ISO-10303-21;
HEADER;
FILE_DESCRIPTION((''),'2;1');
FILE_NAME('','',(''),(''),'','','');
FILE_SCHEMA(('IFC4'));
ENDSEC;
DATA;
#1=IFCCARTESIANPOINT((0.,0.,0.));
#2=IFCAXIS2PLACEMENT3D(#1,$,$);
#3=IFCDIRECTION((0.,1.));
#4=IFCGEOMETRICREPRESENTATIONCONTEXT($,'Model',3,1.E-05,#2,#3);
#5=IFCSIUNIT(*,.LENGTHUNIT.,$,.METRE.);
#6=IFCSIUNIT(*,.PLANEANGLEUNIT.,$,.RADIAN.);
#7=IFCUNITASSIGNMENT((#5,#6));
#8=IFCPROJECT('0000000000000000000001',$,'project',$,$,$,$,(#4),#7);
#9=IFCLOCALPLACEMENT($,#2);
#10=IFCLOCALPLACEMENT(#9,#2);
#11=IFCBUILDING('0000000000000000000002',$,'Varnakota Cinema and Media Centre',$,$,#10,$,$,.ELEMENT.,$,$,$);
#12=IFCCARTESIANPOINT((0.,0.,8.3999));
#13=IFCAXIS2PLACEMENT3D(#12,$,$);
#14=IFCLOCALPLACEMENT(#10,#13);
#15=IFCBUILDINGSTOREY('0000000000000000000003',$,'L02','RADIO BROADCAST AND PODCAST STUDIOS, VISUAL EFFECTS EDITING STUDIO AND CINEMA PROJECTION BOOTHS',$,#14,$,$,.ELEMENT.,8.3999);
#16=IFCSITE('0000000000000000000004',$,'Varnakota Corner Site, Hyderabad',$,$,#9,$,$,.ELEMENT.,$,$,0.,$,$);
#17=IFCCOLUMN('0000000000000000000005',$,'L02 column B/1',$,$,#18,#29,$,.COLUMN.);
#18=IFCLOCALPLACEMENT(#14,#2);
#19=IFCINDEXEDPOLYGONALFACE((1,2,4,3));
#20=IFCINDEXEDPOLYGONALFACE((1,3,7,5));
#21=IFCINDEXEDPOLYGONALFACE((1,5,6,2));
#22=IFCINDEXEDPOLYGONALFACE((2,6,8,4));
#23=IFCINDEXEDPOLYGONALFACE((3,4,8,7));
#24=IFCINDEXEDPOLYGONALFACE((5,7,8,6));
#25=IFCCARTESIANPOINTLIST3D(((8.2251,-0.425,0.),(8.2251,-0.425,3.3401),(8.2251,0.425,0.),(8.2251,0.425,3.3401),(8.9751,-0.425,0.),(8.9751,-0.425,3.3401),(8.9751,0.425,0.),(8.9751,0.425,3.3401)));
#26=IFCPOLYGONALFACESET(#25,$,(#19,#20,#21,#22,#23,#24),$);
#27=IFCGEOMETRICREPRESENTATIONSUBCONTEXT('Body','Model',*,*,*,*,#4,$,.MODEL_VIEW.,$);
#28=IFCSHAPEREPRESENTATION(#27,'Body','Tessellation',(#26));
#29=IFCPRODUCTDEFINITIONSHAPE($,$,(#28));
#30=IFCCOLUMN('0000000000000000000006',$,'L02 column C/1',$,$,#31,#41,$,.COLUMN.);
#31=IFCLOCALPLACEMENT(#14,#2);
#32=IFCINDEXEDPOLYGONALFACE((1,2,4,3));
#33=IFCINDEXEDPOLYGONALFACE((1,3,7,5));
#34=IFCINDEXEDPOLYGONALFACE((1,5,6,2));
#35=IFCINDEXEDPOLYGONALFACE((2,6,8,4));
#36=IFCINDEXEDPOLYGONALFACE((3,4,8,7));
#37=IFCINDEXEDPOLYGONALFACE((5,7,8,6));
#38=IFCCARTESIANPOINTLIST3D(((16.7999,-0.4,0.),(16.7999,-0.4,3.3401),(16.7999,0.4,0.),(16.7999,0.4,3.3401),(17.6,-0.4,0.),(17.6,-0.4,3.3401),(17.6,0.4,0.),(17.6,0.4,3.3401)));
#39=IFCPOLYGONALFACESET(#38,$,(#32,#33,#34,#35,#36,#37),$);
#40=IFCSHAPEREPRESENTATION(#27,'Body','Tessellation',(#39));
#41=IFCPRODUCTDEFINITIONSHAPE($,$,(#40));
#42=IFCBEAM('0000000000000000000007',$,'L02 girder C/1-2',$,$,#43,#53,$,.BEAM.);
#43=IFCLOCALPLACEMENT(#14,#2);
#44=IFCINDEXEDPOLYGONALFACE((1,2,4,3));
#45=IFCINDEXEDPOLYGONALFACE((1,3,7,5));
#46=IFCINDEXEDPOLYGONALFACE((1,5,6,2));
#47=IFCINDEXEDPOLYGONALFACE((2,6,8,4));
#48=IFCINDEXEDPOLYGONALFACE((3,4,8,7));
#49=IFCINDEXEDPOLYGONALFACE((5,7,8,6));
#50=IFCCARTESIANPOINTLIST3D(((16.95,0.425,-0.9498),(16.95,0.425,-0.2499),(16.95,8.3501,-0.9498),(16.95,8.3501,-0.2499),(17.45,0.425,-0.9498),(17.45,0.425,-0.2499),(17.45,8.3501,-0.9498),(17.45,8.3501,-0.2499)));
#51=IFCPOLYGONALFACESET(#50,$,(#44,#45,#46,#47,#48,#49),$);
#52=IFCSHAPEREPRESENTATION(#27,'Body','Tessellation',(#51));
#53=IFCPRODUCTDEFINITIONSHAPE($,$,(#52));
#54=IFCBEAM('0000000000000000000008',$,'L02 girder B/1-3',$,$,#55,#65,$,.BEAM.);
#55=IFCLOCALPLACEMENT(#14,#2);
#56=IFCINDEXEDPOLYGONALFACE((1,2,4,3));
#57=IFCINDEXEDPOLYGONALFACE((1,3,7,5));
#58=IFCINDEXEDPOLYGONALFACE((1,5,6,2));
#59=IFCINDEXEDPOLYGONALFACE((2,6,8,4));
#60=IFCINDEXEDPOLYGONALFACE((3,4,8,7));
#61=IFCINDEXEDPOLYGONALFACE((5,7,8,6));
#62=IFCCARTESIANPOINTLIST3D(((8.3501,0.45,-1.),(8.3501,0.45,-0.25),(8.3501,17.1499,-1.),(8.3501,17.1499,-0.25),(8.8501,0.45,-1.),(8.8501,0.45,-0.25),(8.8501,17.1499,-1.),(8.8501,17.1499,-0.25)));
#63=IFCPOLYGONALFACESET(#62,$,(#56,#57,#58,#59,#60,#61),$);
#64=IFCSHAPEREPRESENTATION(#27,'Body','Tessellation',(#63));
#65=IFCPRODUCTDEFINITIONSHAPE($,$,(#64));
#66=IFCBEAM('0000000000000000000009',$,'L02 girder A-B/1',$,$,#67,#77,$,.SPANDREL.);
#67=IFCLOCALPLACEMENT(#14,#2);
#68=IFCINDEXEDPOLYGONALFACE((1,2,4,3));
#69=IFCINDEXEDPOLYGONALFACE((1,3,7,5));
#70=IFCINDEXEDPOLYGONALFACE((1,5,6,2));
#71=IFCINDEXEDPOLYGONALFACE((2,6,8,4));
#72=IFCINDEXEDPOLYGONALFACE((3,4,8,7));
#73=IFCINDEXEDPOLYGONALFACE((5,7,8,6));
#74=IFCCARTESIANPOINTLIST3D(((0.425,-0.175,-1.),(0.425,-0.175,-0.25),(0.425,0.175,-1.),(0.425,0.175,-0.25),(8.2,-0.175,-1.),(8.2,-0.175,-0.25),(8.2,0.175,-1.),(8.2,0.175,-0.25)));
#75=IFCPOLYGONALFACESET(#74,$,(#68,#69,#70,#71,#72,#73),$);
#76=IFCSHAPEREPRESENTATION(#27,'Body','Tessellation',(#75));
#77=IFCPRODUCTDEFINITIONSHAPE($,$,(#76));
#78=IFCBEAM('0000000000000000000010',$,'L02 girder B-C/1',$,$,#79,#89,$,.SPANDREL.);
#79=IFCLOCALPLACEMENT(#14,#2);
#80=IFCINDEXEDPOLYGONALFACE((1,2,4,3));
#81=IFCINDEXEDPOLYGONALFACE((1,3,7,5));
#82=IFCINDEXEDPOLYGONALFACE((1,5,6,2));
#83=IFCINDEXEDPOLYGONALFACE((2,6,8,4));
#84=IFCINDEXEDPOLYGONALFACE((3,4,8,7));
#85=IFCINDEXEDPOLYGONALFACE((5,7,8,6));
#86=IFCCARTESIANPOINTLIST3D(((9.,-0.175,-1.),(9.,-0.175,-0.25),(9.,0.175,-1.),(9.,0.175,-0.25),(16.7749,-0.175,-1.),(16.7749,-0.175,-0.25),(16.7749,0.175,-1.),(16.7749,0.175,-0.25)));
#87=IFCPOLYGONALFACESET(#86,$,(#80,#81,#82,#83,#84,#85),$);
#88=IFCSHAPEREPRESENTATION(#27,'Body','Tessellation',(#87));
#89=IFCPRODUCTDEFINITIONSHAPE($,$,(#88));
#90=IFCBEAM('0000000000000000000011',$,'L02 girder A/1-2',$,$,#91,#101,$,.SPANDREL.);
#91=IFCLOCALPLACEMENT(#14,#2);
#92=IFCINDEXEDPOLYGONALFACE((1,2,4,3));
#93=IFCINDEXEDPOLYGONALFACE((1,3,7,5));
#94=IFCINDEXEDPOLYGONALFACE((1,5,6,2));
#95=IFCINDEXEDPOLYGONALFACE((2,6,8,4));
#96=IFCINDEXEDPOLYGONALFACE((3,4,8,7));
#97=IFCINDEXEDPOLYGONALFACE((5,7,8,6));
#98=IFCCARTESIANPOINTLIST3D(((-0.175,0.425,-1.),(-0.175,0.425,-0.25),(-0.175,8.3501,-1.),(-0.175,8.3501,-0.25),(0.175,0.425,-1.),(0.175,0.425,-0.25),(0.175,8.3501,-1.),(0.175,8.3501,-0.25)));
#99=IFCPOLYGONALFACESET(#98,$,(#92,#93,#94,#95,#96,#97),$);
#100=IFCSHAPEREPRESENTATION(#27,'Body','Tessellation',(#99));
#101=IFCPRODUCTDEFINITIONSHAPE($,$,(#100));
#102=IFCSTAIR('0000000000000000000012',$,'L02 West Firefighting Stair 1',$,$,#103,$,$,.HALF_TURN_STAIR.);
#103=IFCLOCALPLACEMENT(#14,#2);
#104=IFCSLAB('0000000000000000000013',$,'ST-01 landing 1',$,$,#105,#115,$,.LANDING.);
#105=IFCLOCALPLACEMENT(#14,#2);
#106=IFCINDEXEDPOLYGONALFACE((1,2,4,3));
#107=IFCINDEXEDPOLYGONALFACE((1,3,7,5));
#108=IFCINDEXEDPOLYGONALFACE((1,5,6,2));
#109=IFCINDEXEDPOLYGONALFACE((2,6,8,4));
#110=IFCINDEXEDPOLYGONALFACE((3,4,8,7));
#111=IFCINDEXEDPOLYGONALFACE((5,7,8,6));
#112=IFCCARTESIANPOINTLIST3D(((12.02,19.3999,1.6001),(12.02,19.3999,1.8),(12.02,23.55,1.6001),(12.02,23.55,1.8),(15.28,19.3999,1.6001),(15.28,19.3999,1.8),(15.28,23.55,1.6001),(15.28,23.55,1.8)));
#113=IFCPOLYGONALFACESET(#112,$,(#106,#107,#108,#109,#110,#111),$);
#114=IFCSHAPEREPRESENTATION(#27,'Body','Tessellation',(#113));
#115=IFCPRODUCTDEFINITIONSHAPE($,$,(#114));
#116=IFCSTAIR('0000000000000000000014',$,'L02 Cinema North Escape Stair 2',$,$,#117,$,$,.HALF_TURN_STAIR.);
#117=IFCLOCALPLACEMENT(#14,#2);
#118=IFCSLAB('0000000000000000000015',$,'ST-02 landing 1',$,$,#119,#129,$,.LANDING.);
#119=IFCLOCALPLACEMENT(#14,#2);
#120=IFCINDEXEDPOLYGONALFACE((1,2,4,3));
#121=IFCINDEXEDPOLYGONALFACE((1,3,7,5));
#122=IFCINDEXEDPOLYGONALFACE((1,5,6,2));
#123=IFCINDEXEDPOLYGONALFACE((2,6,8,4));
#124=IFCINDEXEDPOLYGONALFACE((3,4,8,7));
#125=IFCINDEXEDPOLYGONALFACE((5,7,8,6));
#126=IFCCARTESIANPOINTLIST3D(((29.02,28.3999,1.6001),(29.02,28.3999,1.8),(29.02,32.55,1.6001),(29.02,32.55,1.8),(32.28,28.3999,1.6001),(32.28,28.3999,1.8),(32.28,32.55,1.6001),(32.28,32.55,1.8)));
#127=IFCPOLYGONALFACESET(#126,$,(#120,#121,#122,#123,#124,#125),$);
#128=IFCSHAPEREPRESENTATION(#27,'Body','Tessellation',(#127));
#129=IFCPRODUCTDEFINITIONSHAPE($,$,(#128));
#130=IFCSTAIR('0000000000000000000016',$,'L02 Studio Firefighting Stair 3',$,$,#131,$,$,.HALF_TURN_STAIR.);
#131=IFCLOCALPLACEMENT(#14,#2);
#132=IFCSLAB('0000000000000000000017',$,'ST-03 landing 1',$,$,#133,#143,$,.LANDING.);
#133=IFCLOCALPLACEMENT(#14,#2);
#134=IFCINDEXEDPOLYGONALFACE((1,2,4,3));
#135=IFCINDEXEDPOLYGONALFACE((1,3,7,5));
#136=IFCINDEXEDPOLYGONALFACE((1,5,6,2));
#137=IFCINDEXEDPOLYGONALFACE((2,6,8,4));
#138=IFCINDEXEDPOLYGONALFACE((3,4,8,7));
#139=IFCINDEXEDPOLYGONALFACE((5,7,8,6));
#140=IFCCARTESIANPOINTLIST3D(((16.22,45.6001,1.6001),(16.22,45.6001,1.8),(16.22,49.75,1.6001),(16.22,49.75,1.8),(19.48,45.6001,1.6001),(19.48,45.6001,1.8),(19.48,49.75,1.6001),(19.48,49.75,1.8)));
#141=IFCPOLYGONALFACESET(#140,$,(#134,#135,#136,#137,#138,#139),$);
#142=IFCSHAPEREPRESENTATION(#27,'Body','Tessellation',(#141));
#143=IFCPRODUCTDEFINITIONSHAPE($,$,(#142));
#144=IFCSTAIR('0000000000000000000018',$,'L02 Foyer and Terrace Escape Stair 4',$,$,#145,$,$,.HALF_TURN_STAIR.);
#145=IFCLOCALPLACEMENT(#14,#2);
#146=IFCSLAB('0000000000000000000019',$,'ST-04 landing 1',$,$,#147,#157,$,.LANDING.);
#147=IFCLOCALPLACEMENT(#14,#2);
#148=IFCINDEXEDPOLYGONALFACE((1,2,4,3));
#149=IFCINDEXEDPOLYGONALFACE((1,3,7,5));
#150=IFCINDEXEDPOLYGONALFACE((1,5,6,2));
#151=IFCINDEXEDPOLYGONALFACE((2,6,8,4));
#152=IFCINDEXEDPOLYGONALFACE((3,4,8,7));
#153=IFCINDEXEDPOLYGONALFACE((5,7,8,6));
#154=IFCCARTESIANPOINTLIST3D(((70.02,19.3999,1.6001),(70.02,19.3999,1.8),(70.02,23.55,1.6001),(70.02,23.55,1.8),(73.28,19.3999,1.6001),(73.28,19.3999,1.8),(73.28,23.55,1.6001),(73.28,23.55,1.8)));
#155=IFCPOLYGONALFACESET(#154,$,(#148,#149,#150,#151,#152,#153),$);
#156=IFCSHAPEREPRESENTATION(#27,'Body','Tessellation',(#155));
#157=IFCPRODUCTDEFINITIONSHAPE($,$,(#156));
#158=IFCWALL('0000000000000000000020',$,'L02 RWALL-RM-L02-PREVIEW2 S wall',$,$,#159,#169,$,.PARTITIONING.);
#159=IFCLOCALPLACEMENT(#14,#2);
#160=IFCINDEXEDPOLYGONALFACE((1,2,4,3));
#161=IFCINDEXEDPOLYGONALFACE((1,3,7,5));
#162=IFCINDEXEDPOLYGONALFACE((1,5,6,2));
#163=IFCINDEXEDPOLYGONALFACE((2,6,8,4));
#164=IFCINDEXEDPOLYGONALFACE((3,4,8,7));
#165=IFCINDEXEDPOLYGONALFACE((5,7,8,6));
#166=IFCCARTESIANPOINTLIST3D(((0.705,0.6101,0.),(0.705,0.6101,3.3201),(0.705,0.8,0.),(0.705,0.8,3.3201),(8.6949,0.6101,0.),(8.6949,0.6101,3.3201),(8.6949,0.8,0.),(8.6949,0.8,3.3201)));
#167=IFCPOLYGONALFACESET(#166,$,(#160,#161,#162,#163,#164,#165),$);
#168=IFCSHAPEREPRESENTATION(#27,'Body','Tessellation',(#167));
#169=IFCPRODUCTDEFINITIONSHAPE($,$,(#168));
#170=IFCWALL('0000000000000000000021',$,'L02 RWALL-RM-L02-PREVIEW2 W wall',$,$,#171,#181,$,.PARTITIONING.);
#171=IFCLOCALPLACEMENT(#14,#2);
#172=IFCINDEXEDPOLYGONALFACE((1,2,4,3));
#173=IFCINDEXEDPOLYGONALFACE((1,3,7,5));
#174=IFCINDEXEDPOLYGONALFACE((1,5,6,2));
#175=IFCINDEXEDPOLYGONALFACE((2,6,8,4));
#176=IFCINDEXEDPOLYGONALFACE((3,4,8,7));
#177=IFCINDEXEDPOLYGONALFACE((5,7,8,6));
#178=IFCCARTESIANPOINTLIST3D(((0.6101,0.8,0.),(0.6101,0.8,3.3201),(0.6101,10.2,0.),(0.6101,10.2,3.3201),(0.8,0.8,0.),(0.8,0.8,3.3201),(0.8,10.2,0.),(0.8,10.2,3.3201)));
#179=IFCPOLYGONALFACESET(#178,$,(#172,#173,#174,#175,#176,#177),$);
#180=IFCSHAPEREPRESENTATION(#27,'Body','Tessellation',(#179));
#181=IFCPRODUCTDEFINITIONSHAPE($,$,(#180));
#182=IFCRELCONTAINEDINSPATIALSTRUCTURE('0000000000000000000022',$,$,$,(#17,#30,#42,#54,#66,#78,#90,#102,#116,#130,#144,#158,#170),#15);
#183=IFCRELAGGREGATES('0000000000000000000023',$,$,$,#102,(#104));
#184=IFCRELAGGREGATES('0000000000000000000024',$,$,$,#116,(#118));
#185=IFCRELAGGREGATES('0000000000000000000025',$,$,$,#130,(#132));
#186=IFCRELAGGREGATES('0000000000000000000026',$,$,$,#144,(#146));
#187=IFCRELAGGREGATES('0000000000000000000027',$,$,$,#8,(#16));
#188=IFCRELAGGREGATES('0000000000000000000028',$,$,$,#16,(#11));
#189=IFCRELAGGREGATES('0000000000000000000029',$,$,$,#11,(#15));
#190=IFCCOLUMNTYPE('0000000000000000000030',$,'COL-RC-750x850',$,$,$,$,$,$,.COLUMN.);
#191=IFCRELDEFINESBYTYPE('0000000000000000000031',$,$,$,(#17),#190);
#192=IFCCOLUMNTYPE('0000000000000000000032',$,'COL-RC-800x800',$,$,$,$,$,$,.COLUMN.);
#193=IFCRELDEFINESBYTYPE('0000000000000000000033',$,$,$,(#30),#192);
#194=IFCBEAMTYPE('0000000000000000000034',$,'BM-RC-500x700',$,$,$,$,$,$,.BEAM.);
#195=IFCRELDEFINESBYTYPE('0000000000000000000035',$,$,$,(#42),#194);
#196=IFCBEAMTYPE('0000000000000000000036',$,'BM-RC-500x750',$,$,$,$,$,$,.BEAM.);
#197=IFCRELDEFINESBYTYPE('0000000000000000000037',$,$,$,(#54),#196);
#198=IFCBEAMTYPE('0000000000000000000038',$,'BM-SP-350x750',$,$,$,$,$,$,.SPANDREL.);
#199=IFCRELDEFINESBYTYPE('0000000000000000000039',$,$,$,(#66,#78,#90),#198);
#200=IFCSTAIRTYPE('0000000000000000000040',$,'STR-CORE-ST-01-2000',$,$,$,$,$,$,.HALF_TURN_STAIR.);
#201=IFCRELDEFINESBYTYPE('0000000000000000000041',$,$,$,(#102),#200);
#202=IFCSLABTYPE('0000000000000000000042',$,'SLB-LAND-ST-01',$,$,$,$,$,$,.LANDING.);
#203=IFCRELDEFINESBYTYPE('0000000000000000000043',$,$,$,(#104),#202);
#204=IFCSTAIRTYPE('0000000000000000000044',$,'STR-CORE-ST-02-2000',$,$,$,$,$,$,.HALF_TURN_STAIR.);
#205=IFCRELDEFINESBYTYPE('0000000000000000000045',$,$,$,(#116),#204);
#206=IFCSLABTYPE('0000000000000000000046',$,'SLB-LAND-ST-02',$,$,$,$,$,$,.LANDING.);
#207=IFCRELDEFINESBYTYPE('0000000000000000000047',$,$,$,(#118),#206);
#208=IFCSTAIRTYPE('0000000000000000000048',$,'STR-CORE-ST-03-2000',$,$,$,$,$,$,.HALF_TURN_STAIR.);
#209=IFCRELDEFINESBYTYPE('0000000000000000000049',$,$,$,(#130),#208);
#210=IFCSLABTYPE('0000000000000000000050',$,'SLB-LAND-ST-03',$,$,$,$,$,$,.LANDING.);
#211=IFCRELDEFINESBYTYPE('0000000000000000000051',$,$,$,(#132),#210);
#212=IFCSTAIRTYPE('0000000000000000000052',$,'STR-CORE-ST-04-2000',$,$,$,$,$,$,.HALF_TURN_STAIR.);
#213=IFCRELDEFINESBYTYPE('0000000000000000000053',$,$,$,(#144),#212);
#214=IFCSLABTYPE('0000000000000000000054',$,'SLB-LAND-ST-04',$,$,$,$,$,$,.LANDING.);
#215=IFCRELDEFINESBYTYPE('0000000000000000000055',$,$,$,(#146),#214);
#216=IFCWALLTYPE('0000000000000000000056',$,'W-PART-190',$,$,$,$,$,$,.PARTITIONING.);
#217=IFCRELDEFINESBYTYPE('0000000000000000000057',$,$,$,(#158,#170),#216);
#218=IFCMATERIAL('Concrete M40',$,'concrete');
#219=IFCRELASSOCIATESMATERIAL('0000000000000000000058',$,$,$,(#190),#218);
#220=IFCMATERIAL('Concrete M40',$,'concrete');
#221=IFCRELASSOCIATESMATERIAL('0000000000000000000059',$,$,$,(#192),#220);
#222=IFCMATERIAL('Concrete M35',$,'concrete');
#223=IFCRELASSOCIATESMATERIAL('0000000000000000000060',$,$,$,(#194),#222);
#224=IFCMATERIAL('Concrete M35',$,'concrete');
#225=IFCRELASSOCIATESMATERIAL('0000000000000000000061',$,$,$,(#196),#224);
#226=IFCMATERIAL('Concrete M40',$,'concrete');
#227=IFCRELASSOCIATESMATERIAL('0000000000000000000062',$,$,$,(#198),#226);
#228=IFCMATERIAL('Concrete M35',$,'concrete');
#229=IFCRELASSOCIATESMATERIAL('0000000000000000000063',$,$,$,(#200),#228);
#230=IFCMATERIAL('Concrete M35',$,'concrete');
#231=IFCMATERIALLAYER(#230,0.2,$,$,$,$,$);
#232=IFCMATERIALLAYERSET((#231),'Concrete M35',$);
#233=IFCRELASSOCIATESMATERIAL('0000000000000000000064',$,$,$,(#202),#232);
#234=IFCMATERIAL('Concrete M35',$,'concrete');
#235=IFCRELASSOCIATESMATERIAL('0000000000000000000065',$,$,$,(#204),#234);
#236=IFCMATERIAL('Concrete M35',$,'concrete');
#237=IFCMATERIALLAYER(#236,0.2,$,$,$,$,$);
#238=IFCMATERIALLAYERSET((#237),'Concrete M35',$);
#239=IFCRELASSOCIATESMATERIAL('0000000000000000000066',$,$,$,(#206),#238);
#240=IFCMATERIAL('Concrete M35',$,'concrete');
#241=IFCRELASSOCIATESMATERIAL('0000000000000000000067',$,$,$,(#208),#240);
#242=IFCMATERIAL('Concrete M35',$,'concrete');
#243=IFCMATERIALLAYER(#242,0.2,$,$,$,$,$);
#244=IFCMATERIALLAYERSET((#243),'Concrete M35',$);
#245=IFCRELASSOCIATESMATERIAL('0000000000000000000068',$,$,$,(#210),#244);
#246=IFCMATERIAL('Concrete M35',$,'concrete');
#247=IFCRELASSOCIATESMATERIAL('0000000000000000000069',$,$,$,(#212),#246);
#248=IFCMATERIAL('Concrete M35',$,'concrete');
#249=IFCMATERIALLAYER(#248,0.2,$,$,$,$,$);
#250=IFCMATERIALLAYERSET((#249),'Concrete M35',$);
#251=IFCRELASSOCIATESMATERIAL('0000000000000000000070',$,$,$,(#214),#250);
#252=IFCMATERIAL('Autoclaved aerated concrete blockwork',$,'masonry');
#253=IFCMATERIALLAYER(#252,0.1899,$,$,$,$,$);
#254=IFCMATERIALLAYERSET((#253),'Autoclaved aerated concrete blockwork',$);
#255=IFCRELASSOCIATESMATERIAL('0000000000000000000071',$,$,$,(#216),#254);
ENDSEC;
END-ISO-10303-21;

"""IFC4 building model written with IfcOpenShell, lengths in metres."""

from ifc_helpers import new_model, si_unit, direction, frame, frame_2d, origin, origin_2d, place, context, subcontext, project, spatial, polyline, rectangle, outline, extrude, material, layer, layer_set, material_profile, profile_set, type_object, element, aggregate, save


model = new_model("IFC4")

# Units and contexts
model_context = context("Model", 3, precision=1e-05, world=origin(), true_north=direction((0.0, 1.0)))
body_context = subcontext(model_context, "Body", "Model", "MODEL_VIEW")
ifc_project = project(units=[si_unit("LENGTHUNIT", "METRE"), si_unit("PLANEANGLEUNIT", "RADIAN")], contexts=[model_context])

# Site, building, storey
site_placement = place(None, origin())
site = spatial("IfcSite", under=ifc_project, at=site_placement, Name="Varnakota Corner Site, Hyderabad", CompositionType="ELEMENT", RefElevation=0.0)
building_placement = place(site_placement, origin())
building = spatial("IfcBuilding", under=site, at=building_placement, Name="Varnakota Cinema and Media Centre", CompositionType="ELEMENT")
storey_placement = place(building_placement, frame((0.0, 0.0, 8.3999)))
storey = spatial("IfcBuildingStorey", under=building, at=storey_placement, Name="L02", Description="RADIO BROADCAST AND PODCAST STUDIOS, VISUAL EFFECTS EDITING STUDIO AND CINEMA PROJECTION BOOTHS", CompositionType="ELEMENT", Elevation=8.3999)

# Columns
ifc_material_1 = material(Name="Concrete M40", Category="concrete")
ifc_material_profile_1 = material_profile(ifc_material_1, rectangle(XDim=0.75, YDim=0.8501, at=origin_2d()), Name="RC 750x850")
ifc_profile_set_1 = profile_set([ifc_material_profile_1], Name="Concrete M40")
column_type_1 = type_object("IfcColumnType", Name="COL-RC-750x850", PredefinedType="COLUMN", material=ifc_profile_set_1)
column_1_placement = place(storey_placement, frame((8.6001, 0.0, 0.0), z_axis=(0.0, 0.0, 1.0), x_axis=(1.0, 0.0, 0.0)))
element("IfcColumn", 1, at=column_1_placement, inside=storey, type_object=column_type_1, Name="L02 column B/1", PredefinedType="COLUMN", context=body_context, shape_type="SweptSolid", body=[
    extrude(rectangle(XDim=0.75, YDim=0.8501, at=origin_2d()), origin(), (0.0, 0.0, 1.0), 3.3401),
])
ifc_material_2 = material(Name="Concrete M40", Category="concrete")
ifc_material_profile_2 = material_profile(ifc_material_2, rectangle(XDim=0.8, YDim=0.8, at=origin_2d()), Name="RC 800x800")
ifc_profile_set_2 = profile_set([ifc_material_profile_2], Name="Concrete M40")
column_type_2 = type_object("IfcColumnType", Name="COL-RC-800x800", PredefinedType="COLUMN", material=ifc_profile_set_2)
column_2_placement = place(storey_placement, frame((17.2, 0.0, 0.0), z_axis=(0.0, 0.0, 1.0), x_axis=(1.0, 0.0, 0.0)))
element("IfcColumn", 2, at=column_2_placement, inside=storey, type_object=column_type_2, Name="L02 column C/1", PredefinedType="COLUMN", context=body_context, shape_type="SweptSolid", body=[
    extrude(rectangle(XDim=0.8, YDim=0.8, at=origin_2d()), origin(), (0.0, 0.0, 1.0), 3.3401),
])

# Beams
ifc_material_3 = material(Name="Concrete M35", Category="concrete")
ifc_material_profile_3 = material_profile(ifc_material_3, rectangle(XDim=0.5, YDim=0.7, at=origin_2d()), Name="RCB 500x700")
ifc_profile_set_3 = profile_set([ifc_material_profile_3], Name="Concrete M35")
beam_type_1 = type_object("IfcBeamType", Name="BM-RC-500x700", PredefinedType="BEAM", material=ifc_profile_set_3)
beam_1_placement = place(storey_placement, frame((17.2, 0.425, -0.5999), z_axis=(0.0, 1.0, 0.0), x_axis=(-1.0, 0.0, 0.0)))
element("IfcBeam", 3, at=beam_1_placement, inside=storey, type_object=beam_type_1, Name="L02 girder C/1-2", PredefinedType="BEAM", context=body_context, shape_type="SweptSolid", body=[
    extrude(rectangle(XDim=0.5, YDim=0.7, at=origin_2d()), origin(), (0.0, 0.0, 1.0), 7.925),
])
ifc_material_4 = material(Name="Concrete M35", Category="concrete")
ifc_material_profile_4 = material_profile(ifc_material_4, rectangle(XDim=0.5, YDim=0.75, at=origin_2d()), Name="RCB 500x750")
ifc_profile_set_4 = profile_set([ifc_material_profile_4], Name="Concrete M35")
beam_type_2 = type_object("IfcBeamType", Name="BM-RC-500x750", PredefinedType="BEAM", material=ifc_profile_set_4)
beam_2_placement = place(storey_placement, frame((8.6001, 0.45, -0.625), z_axis=(0.0, 1.0, 0.0), x_axis=(-1.0, 0.0, 0.0)))
element("IfcBeam", 4, at=beam_2_placement, inside=storey, type_object=beam_type_2, Name="L02 girder B/1-3", PredefinedType="BEAM", context=body_context, shape_type="SweptSolid", body=[
    extrude(rectangle(XDim=0.5, YDim=0.75, at=origin_2d()), origin(), (0.0, 0.0, 1.0), 16.7),
])
ifc_material_5 = material(Name="Concrete M40", Category="concrete")
ifc_material_profile_5 = material_profile(ifc_material_5, rectangle(XDim=0.3501, YDim=0.75, at=origin_2d()), Name="RCB 350x750")
ifc_profile_set_5 = profile_set([ifc_material_profile_5], Name="Concrete M40")
beam_type_3 = type_object("IfcBeamType", Name="BM-SP-350x750", PredefinedType="SPANDREL", material=ifc_profile_set_5)
for number, where, z_axis, x_axis, name in (
    (5, (0.425, 0.0, -0.625), (1.0, 0.0, 0.0), (0.0, 1.0, 0.0), "L02 girder A-B/1"),
    (6, (9.0, 0.0, -0.625), (1.0, 0.0, 0.0), (0.0, 1.0, 0.0), "L02 girder B-C/1"),
):
    element("IfcBeam", number, at=place(storey_placement, frame(where, z_axis=z_axis, x_axis=x_axis)), inside=storey, type_object=beam_type_3, Name=name, PredefinedType="SPANDREL", context=body_context, shape_type="SweptSolid", body=[
        extrude(rectangle(XDim=0.3501, YDim=0.75, at=origin_2d()), origin(), (0.0, 0.0, 1.0), 7.7749),
    ])
beam_3_placement = place(storey_placement, frame((0.0, 0.425, -0.625), z_axis=(0.0, 1.0, 0.0), x_axis=(-1.0, 0.0, 0.0)))
element("IfcBeam", 7, at=beam_3_placement, inside=storey, type_object=beam_type_3, Name="L02 girder A/1-2", PredefinedType="SPANDREL", context=body_context, shape_type="SweptSolid", body=[
    extrude(rectangle(XDim=0.3501, YDim=0.75, at=origin_2d()), origin(), (0.0, 0.0, 1.0), 7.925),
])

# Stairs, slabs
ifc_material_6 = material(Name="Concrete M35", Category="concrete")
stair_type_1 = type_object("IfcStairType", Name="STR-CORE-ST-01-2000", PredefinedType="HALF_TURN_STAIR", material=ifc_material_6)
stair_1_placement = place(storey_placement, origin())
stair_1 = element("IfcStair", 8, at=stair_1_placement, inside=storey, type_object=stair_type_1, Name="L02 West Firefighting Stair 1", PredefinedType="HALF_TURN_STAIR")
ifc_material_7 = material(Name="Concrete M35", Category="concrete")
ifc_layer_1 = layer(ifc_material_7, 0.2)
ifc_layer_set_1 = layer_set([ifc_layer_1], Name="Concrete M35")
slab_type_1 = type_object("IfcSlabType", Name="SLB-LAND-ST-01", PredefinedType="LANDING", material=ifc_layer_set_1)
slab_1_placement = place(storey_placement, frame((0.0, 0.0, 1.6001)))
slab_1 = element("IfcSlab", 9, at=slab_1_placement, type_object=slab_type_1, Name="ST-01 landing 1", PredefinedType="LANDING", context=body_context, shape_type="SweptSolid", body=[
    extrude(outline(polyline([(12.02, 19.3999), (15.28, 19.3999), (15.28, 23.55), (12.02, 23.55), (12.02, 19.3999)])), origin(), (0.0, 0.0, 1.0), 0.2),
])
aggregate(stair_1, [slab_1])
ifc_material_8 = material(Name="Concrete M35", Category="concrete")
stair_type_2 = type_object("IfcStairType", Name="STR-CORE-ST-02-2000", PredefinedType="HALF_TURN_STAIR", material=ifc_material_8)
stair_2_placement = place(storey_placement, origin())
stair_2 = element("IfcStair", 10, at=stair_2_placement, inside=storey, type_object=stair_type_2, Name="L02 Cinema North Escape Stair 2", PredefinedType="HALF_TURN_STAIR")
ifc_material_9 = material(Name="Concrete M35", Category="concrete")
ifc_layer_2 = layer(ifc_material_9, 0.2)
ifc_layer_set_2 = layer_set([ifc_layer_2], Name="Concrete M35")
slab_type_2 = type_object("IfcSlabType", Name="SLB-LAND-ST-02", PredefinedType="LANDING", material=ifc_layer_set_2)
slab_2_placement = place(storey_placement, frame((0.0, 0.0, 1.6001)))
slab_2 = element("IfcSlab", 11, at=slab_2_placement, type_object=slab_type_2, Name="ST-02 landing 1", PredefinedType="LANDING", context=body_context, shape_type="SweptSolid", body=[
    extrude(outline(polyline([(29.02, 28.3999), (32.28, 28.3999), (32.28, 32.55), (29.02, 32.55), (29.02, 28.3999)])), origin(), (0.0, 0.0, 1.0), 0.2),
])
aggregate(stair_2, [slab_2])
ifc_material_10 = material(Name="Concrete M35", Category="concrete")
stair_type_3 = type_object("IfcStairType", Name="STR-CORE-ST-03-2000", PredefinedType="HALF_TURN_STAIR", material=ifc_material_10)
stair_3_placement = place(storey_placement, origin())
stair_3 = element("IfcStair", 12, at=stair_3_placement, inside=storey, type_object=stair_type_3, Name="L02 Studio Firefighting Stair 3", PredefinedType="HALF_TURN_STAIR")
ifc_material_11 = material(Name="Concrete M35", Category="concrete")
ifc_layer_3 = layer(ifc_material_11, 0.2)
ifc_layer_set_3 = layer_set([ifc_layer_3], Name="Concrete M35")
slab_type_3 = type_object("IfcSlabType", Name="SLB-LAND-ST-03", PredefinedType="LANDING", material=ifc_layer_set_3)
slab_3_placement = place(storey_placement, frame((0.0, 0.0, 1.6001)))
slab_3 = element("IfcSlab", 13, at=slab_3_placement, type_object=slab_type_3, Name="ST-03 landing 1", PredefinedType="LANDING", context=body_context, shape_type="SweptSolid", body=[
    extrude(outline(polyline([(16.22, 45.6001), (19.48, 45.6001), (19.48, 49.75), (16.22, 49.75), (16.22, 45.6001)])), origin(), (0.0, 0.0, 1.0), 0.2),
])
aggregate(stair_3, [slab_3])
ifc_material_12 = material(Name="Concrete M35", Category="concrete")
stair_type_4 = type_object("IfcStairType", Name="STR-CORE-ST-04-2000", PredefinedType="HALF_TURN_STAIR", material=ifc_material_12)
stair_4_placement = place(storey_placement, origin())
stair_4 = element("IfcStair", 14, at=stair_4_placement, inside=storey, type_object=stair_type_4, Name="L02 Foyer and Terrace Escape Stair 4", PredefinedType="HALF_TURN_STAIR")
ifc_material_13 = material(Name="Concrete M35", Category="concrete")
ifc_layer_4 = layer(ifc_material_13, 0.2)
ifc_layer_set_4 = layer_set([ifc_layer_4], Name="Concrete M35")
slab_type_4 = type_object("IfcSlabType", Name="SLB-LAND-ST-04", PredefinedType="LANDING", material=ifc_layer_set_4)
slab_4_placement = place(storey_placement, frame((0.0, 0.0, 1.6001)))
slab_4 = element("IfcSlab", 15, at=slab_4_placement, type_object=slab_type_4, Name="ST-04 landing 1", PredefinedType="LANDING", context=body_context, shape_type="SweptSolid", body=[
    extrude(outline(polyline([(70.02, 19.3999), (73.28, 19.3999), (73.28, 23.55), (70.02, 23.55), (70.02, 19.3999)])), origin(), (0.0, 0.0, 1.0), 0.2),
])
aggregate(stair_4, [slab_4])

# Walls
ifc_material_14 = material(Name="Autoclaved aerated concrete blockwork", Category="masonry")
ifc_layer_5 = layer(ifc_material_14, 0.1899)
ifc_layer_set_5 = layer_set([ifc_layer_5], Name="Autoclaved aerated concrete blockwork")
wall_type = type_object("IfcWallType", Name="W-PART-190", PredefinedType="PARTITIONING", material=ifc_layer_set_5)
wall_1_placement = place(storey_placement, frame((8.6951, 0.7051, 0.0), z_axis=(0.0, 0.0, 1.0), x_axis=(-1.0, 0.0, 0.0)))
element("IfcWall", 16, at=wall_1_placement, inside=storey, type_object=wall_type, Name="L02 RWALL-RM-L02-PREVIEW2 S wall", PredefinedType="PARTITIONING", context=body_context, shape_type="SweptSolid", body=[
    extrude(rectangle(XDim=7.99, YDim=0.1899, at=frame_2d((3.9951, 0.0))), origin(), (0.0, 0.0, 1.0), 3.3201),
])
wall_2_placement = place(storey_placement, frame((0.7051, 0.8, 0.0), z_axis=(0.0, 0.0, 1.0), x_axis=(0.0, 1.0, 0.0)))
element("IfcWall", 17, at=wall_2_placement, inside=storey, type_object=wall_type, Name="L02 RWALL-RM-L02-PREVIEW2 W wall", PredefinedType="PARTITIONING", context=body_context, shape_type="SweptSolid", body=[
    extrude(rectangle(XDim=9.3999, YDim=0.1899, at=frame_2d((4.7, 0.0))), origin(), (0.0, 0.0, 1.0), 3.3201),
])

save(model, "model.ifc")
